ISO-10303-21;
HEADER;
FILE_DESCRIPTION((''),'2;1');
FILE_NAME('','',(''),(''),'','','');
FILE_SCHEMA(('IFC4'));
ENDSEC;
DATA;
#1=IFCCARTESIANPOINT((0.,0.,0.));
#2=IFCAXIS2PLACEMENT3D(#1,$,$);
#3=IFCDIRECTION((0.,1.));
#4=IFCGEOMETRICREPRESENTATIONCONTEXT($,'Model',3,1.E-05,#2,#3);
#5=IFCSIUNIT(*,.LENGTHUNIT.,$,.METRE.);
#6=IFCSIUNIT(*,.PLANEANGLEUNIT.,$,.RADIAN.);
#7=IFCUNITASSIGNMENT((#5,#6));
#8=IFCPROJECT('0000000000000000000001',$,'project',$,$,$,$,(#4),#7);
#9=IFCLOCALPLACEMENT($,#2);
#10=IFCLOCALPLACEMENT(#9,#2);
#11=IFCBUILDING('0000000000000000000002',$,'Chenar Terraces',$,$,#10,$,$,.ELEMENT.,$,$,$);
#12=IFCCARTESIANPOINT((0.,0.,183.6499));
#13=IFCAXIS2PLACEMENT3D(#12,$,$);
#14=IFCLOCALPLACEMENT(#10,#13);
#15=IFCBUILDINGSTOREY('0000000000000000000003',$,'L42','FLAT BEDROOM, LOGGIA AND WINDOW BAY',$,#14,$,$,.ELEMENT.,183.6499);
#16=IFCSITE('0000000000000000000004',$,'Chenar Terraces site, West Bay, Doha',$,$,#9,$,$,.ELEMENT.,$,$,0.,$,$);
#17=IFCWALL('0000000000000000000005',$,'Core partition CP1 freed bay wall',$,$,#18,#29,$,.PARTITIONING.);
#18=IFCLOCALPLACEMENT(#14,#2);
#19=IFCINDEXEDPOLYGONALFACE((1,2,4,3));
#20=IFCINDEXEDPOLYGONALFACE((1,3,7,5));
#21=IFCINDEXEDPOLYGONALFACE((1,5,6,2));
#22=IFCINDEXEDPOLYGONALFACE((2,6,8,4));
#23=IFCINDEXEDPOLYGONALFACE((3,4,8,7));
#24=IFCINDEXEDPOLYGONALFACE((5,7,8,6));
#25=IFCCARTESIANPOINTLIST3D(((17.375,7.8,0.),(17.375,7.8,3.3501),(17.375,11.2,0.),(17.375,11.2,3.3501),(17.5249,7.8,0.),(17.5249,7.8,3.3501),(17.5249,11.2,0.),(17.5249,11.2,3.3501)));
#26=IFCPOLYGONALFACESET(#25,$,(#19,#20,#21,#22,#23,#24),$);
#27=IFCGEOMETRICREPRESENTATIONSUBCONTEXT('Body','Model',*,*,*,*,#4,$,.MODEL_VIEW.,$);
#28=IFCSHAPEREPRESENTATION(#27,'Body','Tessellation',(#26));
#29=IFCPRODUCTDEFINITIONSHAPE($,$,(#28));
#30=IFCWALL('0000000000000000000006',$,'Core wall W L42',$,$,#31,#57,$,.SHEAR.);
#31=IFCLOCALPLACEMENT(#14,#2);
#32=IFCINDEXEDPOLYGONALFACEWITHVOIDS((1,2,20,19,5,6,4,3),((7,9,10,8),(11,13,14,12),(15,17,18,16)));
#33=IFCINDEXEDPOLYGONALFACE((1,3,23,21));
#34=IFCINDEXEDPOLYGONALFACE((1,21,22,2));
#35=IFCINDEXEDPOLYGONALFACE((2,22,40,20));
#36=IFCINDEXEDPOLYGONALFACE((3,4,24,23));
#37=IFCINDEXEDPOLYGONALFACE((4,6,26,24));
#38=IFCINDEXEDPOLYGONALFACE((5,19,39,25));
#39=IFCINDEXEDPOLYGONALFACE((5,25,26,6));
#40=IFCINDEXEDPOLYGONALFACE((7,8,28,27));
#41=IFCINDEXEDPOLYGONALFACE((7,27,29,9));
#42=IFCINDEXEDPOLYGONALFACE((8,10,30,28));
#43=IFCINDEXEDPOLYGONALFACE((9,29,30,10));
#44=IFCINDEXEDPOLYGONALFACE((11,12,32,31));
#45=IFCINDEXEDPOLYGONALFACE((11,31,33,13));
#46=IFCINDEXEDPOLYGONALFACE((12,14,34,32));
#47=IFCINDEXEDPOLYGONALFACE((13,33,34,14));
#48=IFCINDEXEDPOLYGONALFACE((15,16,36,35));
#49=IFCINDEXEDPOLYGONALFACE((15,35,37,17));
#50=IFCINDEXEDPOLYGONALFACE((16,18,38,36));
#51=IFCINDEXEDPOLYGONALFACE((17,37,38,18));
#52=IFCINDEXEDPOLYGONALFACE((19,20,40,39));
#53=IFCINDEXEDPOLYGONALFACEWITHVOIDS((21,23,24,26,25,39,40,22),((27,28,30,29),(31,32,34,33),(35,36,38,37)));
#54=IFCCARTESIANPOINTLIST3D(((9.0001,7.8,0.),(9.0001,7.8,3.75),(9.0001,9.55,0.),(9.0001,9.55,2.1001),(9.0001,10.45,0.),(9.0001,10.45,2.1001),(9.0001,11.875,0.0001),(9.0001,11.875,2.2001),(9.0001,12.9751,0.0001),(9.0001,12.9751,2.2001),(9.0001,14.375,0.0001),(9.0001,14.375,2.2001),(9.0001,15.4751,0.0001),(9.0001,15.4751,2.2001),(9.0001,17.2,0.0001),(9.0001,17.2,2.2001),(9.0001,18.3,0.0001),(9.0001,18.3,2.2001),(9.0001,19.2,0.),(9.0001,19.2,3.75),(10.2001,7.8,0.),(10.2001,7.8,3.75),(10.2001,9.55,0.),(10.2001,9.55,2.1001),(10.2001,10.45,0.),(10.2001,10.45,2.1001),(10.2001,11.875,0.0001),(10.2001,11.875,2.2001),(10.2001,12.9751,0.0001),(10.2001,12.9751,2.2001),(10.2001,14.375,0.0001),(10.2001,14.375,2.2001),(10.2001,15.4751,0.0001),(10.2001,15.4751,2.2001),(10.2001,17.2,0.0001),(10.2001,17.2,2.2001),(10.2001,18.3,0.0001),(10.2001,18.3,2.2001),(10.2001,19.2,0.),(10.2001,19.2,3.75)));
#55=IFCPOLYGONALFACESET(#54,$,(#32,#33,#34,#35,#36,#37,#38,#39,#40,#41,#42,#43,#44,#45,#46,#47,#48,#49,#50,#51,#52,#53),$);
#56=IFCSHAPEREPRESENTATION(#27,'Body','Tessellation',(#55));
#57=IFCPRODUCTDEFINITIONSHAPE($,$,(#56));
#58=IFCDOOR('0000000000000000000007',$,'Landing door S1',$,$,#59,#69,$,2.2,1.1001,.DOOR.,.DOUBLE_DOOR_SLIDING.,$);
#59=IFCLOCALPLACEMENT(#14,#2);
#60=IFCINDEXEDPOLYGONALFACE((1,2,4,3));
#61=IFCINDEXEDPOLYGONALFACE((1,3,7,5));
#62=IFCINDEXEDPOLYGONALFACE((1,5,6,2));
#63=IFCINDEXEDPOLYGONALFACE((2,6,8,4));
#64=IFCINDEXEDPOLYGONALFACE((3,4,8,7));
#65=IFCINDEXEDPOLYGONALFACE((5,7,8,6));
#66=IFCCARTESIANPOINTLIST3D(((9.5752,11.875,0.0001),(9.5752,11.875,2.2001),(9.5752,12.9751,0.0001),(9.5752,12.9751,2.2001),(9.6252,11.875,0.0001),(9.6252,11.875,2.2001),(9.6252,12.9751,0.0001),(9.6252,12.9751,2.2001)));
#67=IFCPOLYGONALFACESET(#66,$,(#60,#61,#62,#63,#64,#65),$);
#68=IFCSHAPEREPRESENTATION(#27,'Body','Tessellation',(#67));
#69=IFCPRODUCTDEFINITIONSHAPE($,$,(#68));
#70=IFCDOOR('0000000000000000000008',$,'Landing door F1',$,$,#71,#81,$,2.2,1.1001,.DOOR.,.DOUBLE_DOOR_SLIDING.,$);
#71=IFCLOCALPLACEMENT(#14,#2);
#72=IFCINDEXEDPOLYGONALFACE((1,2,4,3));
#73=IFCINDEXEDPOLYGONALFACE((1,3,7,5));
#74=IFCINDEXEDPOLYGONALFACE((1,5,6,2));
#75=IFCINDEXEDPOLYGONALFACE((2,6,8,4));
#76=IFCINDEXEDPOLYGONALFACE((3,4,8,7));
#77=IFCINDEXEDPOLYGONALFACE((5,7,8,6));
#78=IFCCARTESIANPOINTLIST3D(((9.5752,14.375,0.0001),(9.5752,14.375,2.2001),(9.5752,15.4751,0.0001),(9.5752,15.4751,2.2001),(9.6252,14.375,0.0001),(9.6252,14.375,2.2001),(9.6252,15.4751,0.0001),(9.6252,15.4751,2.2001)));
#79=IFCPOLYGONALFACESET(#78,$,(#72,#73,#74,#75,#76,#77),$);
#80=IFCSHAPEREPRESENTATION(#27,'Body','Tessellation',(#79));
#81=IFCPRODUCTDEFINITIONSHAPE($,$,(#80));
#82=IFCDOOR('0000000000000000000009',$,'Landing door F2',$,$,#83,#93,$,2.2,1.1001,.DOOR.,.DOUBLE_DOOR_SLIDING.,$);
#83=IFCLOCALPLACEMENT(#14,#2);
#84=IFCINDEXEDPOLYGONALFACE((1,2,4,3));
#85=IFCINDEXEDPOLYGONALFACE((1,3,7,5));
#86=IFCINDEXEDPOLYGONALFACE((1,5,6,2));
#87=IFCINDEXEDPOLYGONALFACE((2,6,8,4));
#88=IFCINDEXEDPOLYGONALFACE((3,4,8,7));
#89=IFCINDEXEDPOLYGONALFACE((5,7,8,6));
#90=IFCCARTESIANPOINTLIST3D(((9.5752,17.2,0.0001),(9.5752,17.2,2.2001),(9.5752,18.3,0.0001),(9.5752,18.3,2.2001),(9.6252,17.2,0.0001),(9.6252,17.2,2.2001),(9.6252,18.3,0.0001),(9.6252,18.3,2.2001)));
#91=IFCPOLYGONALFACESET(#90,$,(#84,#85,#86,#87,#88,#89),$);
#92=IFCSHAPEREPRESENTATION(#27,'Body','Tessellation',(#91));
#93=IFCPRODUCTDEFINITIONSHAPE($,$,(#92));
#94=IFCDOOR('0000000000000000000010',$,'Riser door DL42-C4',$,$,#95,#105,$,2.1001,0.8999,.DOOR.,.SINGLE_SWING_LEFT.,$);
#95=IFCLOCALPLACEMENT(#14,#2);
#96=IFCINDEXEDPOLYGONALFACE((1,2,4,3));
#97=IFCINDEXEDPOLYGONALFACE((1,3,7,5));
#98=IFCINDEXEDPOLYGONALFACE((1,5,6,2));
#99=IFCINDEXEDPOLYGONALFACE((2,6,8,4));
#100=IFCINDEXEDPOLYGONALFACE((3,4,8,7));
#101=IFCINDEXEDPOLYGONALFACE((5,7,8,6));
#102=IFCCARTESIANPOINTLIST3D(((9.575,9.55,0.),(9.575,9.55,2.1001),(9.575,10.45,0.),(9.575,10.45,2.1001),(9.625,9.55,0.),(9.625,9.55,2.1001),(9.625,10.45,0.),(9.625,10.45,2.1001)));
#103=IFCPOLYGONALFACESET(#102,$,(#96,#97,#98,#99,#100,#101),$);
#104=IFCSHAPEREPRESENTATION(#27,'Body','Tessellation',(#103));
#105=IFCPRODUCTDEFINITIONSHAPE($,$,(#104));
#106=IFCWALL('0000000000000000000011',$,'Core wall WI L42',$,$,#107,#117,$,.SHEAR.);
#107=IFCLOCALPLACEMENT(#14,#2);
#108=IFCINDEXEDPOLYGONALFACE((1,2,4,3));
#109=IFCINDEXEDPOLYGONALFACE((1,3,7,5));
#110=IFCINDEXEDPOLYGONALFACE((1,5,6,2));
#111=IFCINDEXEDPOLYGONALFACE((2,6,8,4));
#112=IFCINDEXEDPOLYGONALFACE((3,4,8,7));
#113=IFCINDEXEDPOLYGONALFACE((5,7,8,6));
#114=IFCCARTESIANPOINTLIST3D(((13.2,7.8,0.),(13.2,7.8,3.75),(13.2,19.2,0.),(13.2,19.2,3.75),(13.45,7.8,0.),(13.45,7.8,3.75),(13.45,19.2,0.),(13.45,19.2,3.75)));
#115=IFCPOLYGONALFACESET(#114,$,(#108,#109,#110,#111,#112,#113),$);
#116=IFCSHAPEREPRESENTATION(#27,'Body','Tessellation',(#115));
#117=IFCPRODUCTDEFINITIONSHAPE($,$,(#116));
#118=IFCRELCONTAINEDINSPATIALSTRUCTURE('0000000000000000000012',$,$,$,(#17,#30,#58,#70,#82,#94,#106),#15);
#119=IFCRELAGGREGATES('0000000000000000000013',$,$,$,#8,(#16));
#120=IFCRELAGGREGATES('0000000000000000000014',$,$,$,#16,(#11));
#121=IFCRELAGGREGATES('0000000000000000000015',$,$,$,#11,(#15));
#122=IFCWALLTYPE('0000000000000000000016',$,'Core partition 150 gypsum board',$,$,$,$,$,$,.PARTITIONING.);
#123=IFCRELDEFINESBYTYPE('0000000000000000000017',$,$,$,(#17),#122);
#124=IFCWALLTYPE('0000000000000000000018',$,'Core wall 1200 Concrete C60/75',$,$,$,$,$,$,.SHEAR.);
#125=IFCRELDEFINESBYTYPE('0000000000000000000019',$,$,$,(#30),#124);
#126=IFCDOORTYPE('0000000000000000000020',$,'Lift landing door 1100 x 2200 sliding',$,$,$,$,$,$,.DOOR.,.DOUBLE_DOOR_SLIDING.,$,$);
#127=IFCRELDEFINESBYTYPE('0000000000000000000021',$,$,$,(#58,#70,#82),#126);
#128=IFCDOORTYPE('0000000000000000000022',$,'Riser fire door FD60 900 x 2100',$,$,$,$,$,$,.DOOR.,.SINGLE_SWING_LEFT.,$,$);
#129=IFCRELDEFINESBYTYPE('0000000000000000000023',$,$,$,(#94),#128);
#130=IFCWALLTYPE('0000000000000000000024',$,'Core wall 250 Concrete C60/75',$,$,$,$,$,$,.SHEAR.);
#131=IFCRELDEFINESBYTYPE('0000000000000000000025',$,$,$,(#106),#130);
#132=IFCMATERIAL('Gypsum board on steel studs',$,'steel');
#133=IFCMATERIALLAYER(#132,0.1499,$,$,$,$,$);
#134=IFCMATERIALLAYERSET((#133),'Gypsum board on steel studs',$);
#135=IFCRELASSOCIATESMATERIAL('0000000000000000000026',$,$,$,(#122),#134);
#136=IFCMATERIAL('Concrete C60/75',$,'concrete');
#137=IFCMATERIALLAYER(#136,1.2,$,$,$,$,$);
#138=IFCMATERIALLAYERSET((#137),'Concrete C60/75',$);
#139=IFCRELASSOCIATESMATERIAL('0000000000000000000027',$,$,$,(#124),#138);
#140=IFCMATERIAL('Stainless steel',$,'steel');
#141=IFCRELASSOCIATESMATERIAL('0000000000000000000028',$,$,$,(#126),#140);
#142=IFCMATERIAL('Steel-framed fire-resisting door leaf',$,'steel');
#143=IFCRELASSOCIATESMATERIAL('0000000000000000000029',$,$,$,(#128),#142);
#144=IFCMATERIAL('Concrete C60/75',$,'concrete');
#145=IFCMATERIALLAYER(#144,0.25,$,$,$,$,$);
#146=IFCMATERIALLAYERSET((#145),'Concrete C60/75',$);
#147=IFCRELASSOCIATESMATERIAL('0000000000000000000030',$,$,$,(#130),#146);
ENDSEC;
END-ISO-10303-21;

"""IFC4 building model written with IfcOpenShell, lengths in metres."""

from ifc_helpers import new_model, si_unit, direction, frame, frame_2d, origin, place, context, subcontext, project, spatial, rectangle, extrude, material, layer, layer_set, type_object, element, fill, save


model = new_model("IFC4")

# Units and contexts
model_context = context("Model", 3, precision=1e-05, world=origin(), true_north=direction((0.0, 1.0)))
body_context = subcontext(model_context, "Body", "Model", "MODEL_VIEW")
ifc_project = project(units=[si_unit("LENGTHUNIT", "METRE"), si_unit("PLANEANGLEUNIT", "RADIAN")], contexts=[model_context])

# Site, building, storey
site_placement = place(None, origin())
site = spatial("IfcSite", under=ifc_project, at=site_placement, Name="Chenar Terraces site, West Bay, Doha", CompositionType="ELEMENT", RefElevation=0.0)
building_placement = place(site_placement, origin())
building = spatial("IfcBuilding", under=site, at=building_placement, Name="Chenar Terraces", CompositionType="ELEMENT")
storey_placement = place(building_placement, frame((0.0, 0.0, 183.6499)))
storey = spatial("IfcBuildingStorey", under=building, at=storey_placement, Name="L42", Description="FLAT BEDROOM, LOGGIA AND WINDOW BAY", CompositionType="ELEMENT", Elevation=183.6499)

# Wall
ifc_material_1 = material(Name="Gypsum board on steel studs", Category="steel")
ifc_layer_1 = layer(ifc_material_1, 0.1499)
ifc_layer_set_1 = layer_set([ifc_layer_1], Name="Gypsum board on steel studs")
wall_type_1 = type_object("IfcWallType", Name="Core partition 150 gypsum board", PredefinedType="PARTITIONING", material=ifc_layer_set_1)
wall_1_placement = place(storey_placement, frame((17.45, 7.8, 0.0), z_axis=(0.0, 0.0, 1.0), x_axis=(0.0, 1.0, 0.0)))
element("IfcWall", 1, at=wall_1_placement, inside=storey, type_object=wall_type_1, Name="Core partition CP1 freed bay wall", PredefinedType="PARTITIONING", context=body_context, shape_type="SweptSolid", body=[
    extrude(rectangle(XDim=3.3999, YDim=0.1499, at=frame_2d((1.7, 0.0))), origin(), (0.0, 0.0, 1.0), 3.3501),
])

# Wall, openings, doors
ifc_material_2 = material(Name="Concrete C60/75", Category="concrete")
ifc_layer_2 = layer(ifc_material_2, 1.2)
ifc_layer_set_2 = layer_set([ifc_layer_2], Name="Concrete C60/75")
wall_type_2 = type_object("IfcWallType", Name="Core wall 1200 Concrete C60/75", PredefinedType="SHEAR", material=ifc_layer_set_2)
wall_2_placement = place(storey_placement, frame((9.6001, 7.8, 0.0), z_axis=(0.0, 0.0, 1.0), x_axis=(0.0, 1.0, 0.0)))
wall_2 = element("IfcWall", 2, at=wall_2_placement, inside=storey, type_object=wall_type_2, Name="Core wall W L42", PredefinedType="SHEAR", context=body_context, shape_type="SweptSolid", body=[
    extrude(rectangle(XDim=11.3999, YDim=1.2, at=frame_2d((5.7, 0.0))), origin(), (0.0, 0.0, 1.0), 3.75),
])
opening_1_placement = place(wall_2_placement, frame((4.075, 0.0, 0.0)))
opening_1 = element("IfcOpeningElement", 3, at=opening_1_placement, cuts=wall_2, PredefinedType="OPENING", context=body_context, shape_type="SweptSolid", body=[
    extrude(rectangle(XDim=1.1001, YDim=2.2, at=frame_2d((0.55, 1.1001))), frame((0.0, 0.6099, 0.0), z_axis=(0.0, -1.0, 0.0), x_axis=(1.0, 0.0, 0.0)), (0.0, 0.0, 1.0), 1.22),
])
opening_2_placement = place(wall_2_placement, frame((6.575, 0.0, 0.0)))
opening_2 = element("IfcOpeningElement", 4, at=opening_2_placement, cuts=wall_2, PredefinedType="OPENING", context=body_context, shape_type="SweptSolid", body=[
    extrude(rectangle(XDim=1.1001, YDim=2.2, at=frame_2d((0.55, 1.1001))), frame((0.0, 0.6099, 0.0), z_axis=(0.0, -1.0, 0.0), x_axis=(1.0, 0.0, 0.0)), (0.0, 0.0, 1.0), 1.22),
])
opening_3_placement = place(wall_2_placement, frame((9.3999, 0.0, 0.0)))
opening_3 = element("IfcOpeningElement", 5, at=opening_3_placement, cuts=wall_2, PredefinedType="OPENING", context=body_context, shape_type="SweptSolid", body=[
    extrude(rectangle(XDim=1.1001, YDim=2.2, at=frame_2d((0.55, 1.1001))), frame((0.0, 0.6099, 0.0), z_axis=(0.0, -1.0, 0.0), x_axis=(1.0, 0.0, 0.0)), (0.0, 0.0, 1.0), 1.22),
])
opening_4_placement = place(wall_2_placement, frame((1.75, 0.0, 0.0)))
opening_4 = element("IfcOpeningElement", 6, at=opening_4_placement, cuts=wall_2, PredefinedType="OPENING", context=body_context, shape_type="SweptSolid", body=[
    extrude(rectangle(XDim=0.8999, YDim=2.1001, at=frame_2d((0.45, 1.05))), frame((0.0, 0.6099, 0.0), z_axis=(0.0, -1.0, 0.0), x_axis=(1.0, 0.0, 0.0)), (0.0, 0.0, 1.0), 1.22),
])
ifc_material_3 = material(Name="Stainless steel", Category="steel")
door_type_1 = type_object("IfcDoorType", Name="Lift landing door 1100 x 2200 sliding", OperationType="DOUBLE_DOOR_SLIDING", PredefinedType="DOOR", material=ifc_material_3)
door_1_placement = place(opening_1_placement, origin())
door_1 = element("IfcDoor", 7, at=door_1_placement, inside=storey, type_object=door_type_1, Name="Landing door S1", OperationType="DOUBLE_DOOR_SLIDING", OverallHeight=2.2, OverallWidth=1.1001, PredefinedType="DOOR", context=body_context, shape_type="SweptSolid", body=[
    extrude(rectangle(XDim=1.1001, YDim=2.2, at=frame_2d((0.55, 1.1001))), frame((0.0, 0.0249, 0.0), z_axis=(0.0, -1.0, 0.0), x_axis=(1.0, 0.0, 0.0)), (0.0, 0.0, 1.0), 0.05),
])
fill(opening_1, door_1)
door_2_placement = place(opening_2_placement, origin())
door_2 = element("IfcDoor", 8, at=door_2_placement, inside=storey, type_object=door_type_1, Name="Landing door F1", OperationType="DOUBLE_DOOR_SLIDING", OverallHeight=2.2, OverallWidth=1.1001, PredefinedType="DOOR", context=body_context, shape_type="SweptSolid", body=[
    extrude(rectangle(XDim=1.1001, YDim=2.2, at=frame_2d((0.55, 1.1001))), frame((0.0, 0.0249, 0.0), z_axis=(0.0, -1.0, 0.0), x_axis=(1.0, 0.0, 0.0)), (0.0, 0.0, 1.0), 0.05),
])
fill(opening_2, door_2)
door_3_placement = place(opening_3_placement, origin())
door_3 = element("IfcDoor", 9, at=door_3_placement, inside=storey, type_object=door_type_1, Name="Landing door F2", OperationType="DOUBLE_DOOR_SLIDING", OverallHeight=2.2, OverallWidth=1.1001, PredefinedType="DOOR", context=body_context, shape_type="SweptSolid", body=[
    extrude(rectangle(XDim=1.1001, YDim=2.2, at=frame_2d((0.55, 1.1001))), frame((0.0, 0.0249, 0.0), z_axis=(0.0, -1.0, 0.0), x_axis=(1.0, 0.0, 0.0)), (0.0, 0.0, 1.0), 0.05),
])
fill(opening_3, door_3)
ifc_material_4 = material(Name="Steel-framed fire-resisting door leaf", Category="steel")
door_type_2 = type_object("IfcDoorType", Name="Riser fire door FD60 900 x 2100", OperationType="SINGLE_SWING_LEFT", PredefinedType="DOOR", material=ifc_material_4)
door_4_placement = place(opening_4_placement, frame((0.8999, 0.0, 0.0), z_axis=(0.0, 0.0, 1.0), x_axis=(-1.0, 0.0, 0.0)))
door_4 = element("IfcDoor", 10, at=door_4_placement, inside=storey, type_object=door_type_2, Name="Riser door DL42-C4", OperationType="SINGLE_SWING_LEFT", OverallHeight=2.1001, OverallWidth=0.8999, PredefinedType="DOOR", context=body_context, shape_type="SweptSolid", body=[
    extrude(rectangle(XDim=0.8999, YDim=2.1001, at=frame_2d((0.45, 1.05))), frame((0.0, 0.0249, 0.0), z_axis=(0.0, -1.0, 0.0), x_axis=(1.0, 0.0, 0.0)), (0.0, 0.0, 1.0), 0.05),
])
fill(opening_4, door_4)

# Wall
ifc_material_5 = material(Name="Concrete C60/75", Category="concrete")
ifc_layer_3 = layer(ifc_material_5, 0.25)
ifc_layer_set_3 = layer_set([ifc_layer_3], Name="Concrete C60/75")
wall_type_3 = type_object("IfcWallType", Name="Core wall 250 Concrete C60/75", PredefinedType="SHEAR", material=ifc_layer_set_3)
wall_3_placement = place(storey_placement, frame((13.325, 7.8, 0.0), z_axis=(0.0, 0.0, 1.0), x_axis=(0.0, 1.0, 0.0)))
element("IfcWall", 11, at=wall_3_placement, inside=storey, type_object=wall_type_3, Name="Core wall WI L42", PredefinedType="SHEAR", context=body_context, shape_type="SweptSolid", body=[
    extrude(rectangle(XDim=11.3999, YDim=0.25, at=frame_2d((5.7, 0.0))), origin(), (0.0, 0.0, 1.0), 3.75),
])

save(model, "model.ifc")
